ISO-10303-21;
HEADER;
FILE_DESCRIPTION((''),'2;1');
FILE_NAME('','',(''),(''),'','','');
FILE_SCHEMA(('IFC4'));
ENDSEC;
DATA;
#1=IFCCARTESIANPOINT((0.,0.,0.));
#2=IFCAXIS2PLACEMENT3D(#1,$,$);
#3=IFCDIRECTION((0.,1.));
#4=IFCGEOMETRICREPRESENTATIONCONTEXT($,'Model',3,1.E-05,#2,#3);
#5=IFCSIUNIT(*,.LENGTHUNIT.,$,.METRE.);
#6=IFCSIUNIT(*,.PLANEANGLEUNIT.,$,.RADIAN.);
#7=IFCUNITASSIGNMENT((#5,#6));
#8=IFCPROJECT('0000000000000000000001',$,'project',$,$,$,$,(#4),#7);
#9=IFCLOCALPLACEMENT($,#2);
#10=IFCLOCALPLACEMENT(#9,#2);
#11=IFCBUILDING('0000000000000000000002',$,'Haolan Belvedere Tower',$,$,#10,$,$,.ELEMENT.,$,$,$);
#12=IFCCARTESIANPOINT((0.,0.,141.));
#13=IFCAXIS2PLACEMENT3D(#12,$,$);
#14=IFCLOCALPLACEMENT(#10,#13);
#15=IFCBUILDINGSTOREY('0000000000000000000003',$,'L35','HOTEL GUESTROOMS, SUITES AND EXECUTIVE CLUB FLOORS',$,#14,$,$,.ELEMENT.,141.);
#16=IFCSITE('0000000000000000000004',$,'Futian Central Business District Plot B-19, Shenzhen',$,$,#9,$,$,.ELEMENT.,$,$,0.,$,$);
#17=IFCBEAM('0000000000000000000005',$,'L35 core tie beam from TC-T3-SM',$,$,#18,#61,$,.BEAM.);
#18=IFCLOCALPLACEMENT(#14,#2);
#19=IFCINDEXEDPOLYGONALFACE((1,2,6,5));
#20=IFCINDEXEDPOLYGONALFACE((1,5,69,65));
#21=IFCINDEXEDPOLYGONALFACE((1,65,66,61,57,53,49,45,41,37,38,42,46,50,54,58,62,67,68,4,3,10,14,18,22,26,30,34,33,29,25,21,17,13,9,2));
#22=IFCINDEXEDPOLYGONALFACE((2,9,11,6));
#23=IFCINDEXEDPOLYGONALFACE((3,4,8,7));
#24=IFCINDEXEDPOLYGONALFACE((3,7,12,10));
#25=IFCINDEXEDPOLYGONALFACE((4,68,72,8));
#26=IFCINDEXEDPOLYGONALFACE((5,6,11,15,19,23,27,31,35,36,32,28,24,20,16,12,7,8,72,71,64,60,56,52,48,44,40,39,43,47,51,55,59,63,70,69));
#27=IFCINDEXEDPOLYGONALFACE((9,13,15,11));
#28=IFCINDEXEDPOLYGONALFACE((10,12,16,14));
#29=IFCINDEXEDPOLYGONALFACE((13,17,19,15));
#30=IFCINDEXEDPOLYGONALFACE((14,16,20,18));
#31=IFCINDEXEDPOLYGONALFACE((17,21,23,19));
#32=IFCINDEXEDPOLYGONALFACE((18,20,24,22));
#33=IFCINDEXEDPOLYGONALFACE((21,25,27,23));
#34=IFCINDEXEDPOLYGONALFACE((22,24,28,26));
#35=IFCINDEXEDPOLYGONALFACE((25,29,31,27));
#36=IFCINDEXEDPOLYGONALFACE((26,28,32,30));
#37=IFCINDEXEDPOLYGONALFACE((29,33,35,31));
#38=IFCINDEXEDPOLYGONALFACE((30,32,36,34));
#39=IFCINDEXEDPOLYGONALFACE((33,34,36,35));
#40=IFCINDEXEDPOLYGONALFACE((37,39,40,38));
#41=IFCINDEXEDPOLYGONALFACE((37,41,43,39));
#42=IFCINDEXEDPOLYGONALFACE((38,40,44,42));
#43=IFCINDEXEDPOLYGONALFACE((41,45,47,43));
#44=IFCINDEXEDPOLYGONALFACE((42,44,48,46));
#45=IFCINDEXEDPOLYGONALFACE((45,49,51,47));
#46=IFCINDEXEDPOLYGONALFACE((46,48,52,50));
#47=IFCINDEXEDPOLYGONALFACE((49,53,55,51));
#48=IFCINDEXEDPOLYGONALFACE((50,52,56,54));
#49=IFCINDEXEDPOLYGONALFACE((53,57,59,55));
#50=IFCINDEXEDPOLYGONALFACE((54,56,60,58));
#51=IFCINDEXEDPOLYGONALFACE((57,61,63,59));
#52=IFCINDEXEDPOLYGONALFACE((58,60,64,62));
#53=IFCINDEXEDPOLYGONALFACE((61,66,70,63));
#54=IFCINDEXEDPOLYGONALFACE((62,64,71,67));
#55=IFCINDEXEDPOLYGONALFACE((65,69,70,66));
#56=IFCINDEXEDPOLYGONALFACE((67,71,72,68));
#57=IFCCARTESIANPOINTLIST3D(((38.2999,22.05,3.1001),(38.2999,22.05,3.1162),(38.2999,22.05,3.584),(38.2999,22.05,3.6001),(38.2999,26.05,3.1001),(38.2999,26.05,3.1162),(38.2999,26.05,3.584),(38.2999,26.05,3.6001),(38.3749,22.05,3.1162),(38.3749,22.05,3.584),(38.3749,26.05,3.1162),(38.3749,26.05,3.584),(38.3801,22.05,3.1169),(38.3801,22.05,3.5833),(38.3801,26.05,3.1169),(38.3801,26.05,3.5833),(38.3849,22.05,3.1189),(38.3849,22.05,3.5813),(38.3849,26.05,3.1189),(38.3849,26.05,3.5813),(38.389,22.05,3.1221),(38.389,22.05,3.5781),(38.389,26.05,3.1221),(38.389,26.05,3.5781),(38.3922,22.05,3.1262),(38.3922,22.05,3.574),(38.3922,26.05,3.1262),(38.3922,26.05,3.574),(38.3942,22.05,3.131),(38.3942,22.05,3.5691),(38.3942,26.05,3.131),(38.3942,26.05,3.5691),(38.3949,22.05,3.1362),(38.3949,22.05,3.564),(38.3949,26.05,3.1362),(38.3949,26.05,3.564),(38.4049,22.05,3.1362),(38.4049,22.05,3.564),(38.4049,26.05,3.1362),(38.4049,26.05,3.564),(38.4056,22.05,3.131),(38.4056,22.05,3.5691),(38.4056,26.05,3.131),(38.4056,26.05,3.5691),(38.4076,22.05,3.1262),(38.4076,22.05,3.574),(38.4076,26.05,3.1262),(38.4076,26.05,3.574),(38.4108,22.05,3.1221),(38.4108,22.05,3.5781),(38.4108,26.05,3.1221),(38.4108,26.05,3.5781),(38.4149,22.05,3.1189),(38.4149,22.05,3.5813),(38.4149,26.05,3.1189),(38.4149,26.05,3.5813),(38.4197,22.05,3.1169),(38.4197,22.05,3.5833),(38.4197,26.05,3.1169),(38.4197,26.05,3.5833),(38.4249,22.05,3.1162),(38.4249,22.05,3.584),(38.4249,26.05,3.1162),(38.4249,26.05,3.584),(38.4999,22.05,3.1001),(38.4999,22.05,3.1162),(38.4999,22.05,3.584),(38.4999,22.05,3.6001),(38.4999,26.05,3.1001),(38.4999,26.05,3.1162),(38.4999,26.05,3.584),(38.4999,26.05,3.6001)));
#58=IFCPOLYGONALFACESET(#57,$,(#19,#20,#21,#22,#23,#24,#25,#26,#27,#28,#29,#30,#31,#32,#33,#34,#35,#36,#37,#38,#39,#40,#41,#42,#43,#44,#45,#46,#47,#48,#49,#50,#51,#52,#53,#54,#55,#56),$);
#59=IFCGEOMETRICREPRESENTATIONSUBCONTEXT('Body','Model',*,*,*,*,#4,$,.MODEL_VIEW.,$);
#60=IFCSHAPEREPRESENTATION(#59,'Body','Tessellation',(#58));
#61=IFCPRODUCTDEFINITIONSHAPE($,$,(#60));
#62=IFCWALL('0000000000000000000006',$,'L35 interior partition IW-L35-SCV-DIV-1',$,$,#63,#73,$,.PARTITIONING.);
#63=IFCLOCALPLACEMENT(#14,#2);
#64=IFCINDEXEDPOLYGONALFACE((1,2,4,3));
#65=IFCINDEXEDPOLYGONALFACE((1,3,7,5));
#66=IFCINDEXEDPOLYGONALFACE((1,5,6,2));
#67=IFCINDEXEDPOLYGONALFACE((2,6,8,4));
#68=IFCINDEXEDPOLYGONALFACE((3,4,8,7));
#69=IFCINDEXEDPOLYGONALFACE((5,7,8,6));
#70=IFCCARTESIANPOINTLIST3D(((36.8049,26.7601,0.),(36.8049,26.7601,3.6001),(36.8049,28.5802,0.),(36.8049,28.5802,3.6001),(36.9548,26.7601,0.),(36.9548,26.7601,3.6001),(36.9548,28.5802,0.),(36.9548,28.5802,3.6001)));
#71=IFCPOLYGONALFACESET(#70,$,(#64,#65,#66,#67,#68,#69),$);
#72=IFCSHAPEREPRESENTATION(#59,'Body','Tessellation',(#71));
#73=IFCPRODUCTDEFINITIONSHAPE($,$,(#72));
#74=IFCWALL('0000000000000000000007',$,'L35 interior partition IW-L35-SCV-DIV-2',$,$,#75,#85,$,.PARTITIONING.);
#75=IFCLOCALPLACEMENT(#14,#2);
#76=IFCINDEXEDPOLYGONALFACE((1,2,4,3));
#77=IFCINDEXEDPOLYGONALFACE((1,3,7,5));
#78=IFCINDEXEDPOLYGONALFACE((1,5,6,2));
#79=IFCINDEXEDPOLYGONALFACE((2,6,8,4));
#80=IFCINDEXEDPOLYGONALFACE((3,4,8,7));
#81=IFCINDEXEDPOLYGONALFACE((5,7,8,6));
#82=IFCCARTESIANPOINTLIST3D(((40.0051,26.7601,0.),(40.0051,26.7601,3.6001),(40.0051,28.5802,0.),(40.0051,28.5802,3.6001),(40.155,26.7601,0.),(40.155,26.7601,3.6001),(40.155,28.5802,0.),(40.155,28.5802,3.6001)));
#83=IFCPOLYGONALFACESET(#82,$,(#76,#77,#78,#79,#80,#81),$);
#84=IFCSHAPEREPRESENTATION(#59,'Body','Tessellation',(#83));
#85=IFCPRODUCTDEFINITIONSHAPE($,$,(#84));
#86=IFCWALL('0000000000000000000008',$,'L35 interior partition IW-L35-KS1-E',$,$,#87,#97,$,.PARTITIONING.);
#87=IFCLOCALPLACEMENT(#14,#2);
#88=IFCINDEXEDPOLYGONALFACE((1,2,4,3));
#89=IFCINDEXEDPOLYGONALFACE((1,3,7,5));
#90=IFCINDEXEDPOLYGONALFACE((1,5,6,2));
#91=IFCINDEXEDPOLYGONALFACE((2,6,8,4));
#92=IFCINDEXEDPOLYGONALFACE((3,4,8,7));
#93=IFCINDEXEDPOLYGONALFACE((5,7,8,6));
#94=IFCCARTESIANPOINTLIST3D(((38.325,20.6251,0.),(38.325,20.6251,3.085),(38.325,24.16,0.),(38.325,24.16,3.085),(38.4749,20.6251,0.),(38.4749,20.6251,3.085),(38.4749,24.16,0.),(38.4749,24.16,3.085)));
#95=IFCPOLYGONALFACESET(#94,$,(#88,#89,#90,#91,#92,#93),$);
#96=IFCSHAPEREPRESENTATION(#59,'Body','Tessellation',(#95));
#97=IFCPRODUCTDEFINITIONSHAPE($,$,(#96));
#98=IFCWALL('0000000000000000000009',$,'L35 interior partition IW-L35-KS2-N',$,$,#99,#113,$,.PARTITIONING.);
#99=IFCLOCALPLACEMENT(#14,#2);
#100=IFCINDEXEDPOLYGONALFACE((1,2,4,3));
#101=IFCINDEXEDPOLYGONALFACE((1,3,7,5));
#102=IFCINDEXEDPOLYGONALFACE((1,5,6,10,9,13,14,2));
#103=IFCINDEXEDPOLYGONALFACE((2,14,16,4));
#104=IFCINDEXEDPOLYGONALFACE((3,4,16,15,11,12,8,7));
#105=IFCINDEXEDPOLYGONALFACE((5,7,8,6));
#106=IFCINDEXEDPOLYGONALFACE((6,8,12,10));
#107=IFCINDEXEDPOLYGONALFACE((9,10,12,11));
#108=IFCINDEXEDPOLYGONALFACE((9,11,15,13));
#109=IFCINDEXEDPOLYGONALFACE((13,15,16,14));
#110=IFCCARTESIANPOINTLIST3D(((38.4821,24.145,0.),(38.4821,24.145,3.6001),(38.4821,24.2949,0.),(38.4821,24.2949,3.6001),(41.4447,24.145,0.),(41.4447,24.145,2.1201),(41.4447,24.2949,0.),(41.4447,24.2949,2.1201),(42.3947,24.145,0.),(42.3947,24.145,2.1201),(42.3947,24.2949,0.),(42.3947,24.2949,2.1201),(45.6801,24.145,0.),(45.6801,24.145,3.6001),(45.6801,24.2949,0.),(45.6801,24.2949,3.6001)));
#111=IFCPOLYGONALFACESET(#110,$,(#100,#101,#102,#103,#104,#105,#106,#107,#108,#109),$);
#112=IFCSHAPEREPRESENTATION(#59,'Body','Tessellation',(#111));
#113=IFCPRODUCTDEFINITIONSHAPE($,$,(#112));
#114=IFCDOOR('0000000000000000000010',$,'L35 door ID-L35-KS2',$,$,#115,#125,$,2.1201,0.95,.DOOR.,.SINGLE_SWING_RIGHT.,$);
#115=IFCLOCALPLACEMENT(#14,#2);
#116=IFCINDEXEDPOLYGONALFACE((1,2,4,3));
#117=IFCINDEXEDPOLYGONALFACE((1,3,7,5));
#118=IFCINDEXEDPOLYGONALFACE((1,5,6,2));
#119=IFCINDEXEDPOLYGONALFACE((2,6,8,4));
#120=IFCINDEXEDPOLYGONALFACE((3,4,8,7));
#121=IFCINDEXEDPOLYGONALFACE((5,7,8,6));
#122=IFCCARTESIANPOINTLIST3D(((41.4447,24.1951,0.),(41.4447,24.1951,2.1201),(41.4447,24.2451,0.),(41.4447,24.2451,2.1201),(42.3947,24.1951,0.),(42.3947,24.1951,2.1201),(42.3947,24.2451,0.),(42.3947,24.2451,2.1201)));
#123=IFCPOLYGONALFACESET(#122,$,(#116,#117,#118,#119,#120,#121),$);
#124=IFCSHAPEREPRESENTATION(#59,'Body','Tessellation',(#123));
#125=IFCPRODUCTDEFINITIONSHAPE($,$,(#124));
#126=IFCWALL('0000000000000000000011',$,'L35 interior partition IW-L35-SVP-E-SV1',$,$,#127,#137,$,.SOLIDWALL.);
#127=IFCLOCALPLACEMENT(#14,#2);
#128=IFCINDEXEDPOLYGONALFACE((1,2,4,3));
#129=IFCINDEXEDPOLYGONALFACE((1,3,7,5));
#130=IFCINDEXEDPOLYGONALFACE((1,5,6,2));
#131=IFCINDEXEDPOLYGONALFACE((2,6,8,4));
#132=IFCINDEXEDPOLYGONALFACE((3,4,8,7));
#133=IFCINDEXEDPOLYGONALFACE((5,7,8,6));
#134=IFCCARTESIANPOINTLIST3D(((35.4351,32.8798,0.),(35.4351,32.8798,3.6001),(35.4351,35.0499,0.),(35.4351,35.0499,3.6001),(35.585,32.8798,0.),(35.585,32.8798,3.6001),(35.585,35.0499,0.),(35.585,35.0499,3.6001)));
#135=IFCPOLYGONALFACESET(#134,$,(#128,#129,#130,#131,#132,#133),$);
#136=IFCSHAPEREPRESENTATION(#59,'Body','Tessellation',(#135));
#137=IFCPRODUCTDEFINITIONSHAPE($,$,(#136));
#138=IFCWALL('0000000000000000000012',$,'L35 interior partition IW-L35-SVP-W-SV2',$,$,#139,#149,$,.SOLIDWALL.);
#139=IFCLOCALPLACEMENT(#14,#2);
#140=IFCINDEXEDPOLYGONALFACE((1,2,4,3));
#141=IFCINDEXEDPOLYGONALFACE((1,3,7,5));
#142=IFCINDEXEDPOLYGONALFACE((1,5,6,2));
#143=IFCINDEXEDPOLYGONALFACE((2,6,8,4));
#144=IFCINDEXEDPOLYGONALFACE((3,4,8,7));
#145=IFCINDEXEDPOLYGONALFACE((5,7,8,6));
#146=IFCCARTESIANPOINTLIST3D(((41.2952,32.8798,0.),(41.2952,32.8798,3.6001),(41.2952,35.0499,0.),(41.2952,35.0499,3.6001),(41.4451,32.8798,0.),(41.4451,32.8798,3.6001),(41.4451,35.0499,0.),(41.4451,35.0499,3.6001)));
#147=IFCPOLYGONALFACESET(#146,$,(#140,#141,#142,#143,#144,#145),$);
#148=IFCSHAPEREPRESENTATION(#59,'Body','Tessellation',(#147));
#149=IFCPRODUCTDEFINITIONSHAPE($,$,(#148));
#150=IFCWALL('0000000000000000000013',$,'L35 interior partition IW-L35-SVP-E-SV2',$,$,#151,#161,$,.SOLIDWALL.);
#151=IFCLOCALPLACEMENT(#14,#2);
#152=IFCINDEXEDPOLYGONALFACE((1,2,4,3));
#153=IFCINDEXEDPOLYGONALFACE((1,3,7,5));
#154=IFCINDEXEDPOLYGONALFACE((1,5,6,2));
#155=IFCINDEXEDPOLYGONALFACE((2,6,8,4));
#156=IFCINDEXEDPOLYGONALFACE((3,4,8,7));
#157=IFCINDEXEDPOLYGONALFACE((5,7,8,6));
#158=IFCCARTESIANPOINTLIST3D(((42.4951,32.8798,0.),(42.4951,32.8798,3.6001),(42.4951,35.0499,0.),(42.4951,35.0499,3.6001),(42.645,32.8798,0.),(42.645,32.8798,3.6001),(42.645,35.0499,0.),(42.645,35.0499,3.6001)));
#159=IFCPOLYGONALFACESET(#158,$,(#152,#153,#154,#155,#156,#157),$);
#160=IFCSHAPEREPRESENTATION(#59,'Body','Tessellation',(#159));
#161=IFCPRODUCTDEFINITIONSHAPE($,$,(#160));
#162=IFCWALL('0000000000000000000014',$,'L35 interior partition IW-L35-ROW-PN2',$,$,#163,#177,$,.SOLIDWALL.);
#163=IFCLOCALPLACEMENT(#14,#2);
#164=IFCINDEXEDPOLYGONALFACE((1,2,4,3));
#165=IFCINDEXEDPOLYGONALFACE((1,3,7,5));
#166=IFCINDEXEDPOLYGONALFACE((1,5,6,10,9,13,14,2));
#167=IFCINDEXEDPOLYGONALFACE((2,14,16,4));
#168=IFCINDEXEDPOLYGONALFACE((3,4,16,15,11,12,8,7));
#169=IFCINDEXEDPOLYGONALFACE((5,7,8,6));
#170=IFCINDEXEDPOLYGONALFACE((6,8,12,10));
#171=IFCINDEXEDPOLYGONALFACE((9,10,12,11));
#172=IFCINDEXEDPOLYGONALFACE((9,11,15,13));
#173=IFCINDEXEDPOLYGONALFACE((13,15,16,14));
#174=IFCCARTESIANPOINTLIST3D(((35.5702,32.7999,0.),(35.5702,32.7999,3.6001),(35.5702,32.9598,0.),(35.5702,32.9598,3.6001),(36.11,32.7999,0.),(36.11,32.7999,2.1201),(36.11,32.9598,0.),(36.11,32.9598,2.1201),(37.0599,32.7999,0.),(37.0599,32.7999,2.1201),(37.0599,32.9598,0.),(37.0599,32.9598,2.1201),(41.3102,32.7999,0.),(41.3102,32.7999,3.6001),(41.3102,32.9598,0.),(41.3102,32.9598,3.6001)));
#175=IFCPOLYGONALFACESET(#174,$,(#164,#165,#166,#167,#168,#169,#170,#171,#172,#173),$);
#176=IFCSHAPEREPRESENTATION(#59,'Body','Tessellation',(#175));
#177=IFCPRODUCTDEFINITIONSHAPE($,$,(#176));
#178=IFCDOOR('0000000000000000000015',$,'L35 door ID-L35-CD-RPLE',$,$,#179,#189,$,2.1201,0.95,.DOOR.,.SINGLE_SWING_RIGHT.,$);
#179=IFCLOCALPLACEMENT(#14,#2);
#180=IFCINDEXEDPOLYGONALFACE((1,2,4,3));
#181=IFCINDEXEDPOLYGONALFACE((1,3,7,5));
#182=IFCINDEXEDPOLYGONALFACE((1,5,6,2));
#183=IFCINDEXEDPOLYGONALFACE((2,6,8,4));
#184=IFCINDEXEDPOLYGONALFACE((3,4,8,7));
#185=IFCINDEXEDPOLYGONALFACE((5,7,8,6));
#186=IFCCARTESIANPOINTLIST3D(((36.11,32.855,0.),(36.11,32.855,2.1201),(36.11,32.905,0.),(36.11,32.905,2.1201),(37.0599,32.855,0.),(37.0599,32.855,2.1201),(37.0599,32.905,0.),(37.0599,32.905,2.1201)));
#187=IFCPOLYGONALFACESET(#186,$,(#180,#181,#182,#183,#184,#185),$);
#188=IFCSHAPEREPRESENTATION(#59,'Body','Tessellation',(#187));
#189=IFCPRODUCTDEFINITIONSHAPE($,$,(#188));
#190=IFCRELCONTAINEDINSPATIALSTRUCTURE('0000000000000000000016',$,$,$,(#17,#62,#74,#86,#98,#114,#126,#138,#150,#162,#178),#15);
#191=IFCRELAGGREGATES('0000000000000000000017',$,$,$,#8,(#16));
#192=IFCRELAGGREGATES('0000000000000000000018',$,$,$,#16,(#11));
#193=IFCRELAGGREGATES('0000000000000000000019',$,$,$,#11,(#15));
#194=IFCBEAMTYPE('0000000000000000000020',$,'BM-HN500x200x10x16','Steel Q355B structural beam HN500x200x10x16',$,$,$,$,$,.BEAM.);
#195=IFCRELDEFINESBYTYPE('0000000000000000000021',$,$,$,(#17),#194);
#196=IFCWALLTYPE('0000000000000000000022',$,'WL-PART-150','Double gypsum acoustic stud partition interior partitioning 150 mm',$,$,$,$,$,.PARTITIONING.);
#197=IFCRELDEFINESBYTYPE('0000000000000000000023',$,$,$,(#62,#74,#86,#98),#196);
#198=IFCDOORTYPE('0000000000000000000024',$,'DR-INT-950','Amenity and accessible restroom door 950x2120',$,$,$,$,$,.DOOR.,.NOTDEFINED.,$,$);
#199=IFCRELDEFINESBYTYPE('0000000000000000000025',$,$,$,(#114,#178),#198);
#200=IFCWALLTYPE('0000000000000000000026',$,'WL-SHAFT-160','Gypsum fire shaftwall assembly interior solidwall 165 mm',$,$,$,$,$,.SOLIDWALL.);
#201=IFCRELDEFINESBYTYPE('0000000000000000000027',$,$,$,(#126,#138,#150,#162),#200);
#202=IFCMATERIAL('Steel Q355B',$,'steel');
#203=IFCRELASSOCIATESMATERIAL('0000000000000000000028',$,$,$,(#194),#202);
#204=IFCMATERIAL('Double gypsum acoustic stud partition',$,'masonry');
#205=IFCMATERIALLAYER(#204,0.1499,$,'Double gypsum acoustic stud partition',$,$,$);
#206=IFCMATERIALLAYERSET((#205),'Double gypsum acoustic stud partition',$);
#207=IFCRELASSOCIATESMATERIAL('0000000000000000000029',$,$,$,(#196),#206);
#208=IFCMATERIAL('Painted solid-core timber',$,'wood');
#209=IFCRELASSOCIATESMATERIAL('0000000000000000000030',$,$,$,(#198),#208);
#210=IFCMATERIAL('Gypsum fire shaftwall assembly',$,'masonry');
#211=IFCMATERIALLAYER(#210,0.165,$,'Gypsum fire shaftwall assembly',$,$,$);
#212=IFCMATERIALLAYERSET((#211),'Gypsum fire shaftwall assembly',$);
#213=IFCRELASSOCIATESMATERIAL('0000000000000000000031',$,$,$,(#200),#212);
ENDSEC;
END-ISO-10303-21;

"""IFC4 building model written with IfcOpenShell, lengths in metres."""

from ifc_helpers import new_model, si_unit, direction, frame, frame_2d, origin, origin_2d, place, context, subcontext, project, spatial, rectangle, i_section, extrude, material, layer, layer_set, material_profile, profile_set, type_object, element, fill, save


model = new_model("IFC4")

# Units and contexts
model_context = context("Model", 3, precision=1e-05, world=origin(), true_north=direction((0.0, 1.0)))
body_context = subcontext(model_context, "Body", "Model", "MODEL_VIEW")
ifc_project = project(units=[si_unit("LENGTHUNIT", "METRE"), si_unit("PLANEANGLEUNIT", "RADIAN")], contexts=[model_context])

# Site, building, storey
site_placement = place(None, origin())
site = spatial("IfcSite", under=ifc_project, at=site_placement, Name="Futian Central Business District Plot B-19, Shenzhen", CompositionType="ELEMENT", RefElevation=0.0)
building_placement = place(site_placement, origin())
building = spatial("IfcBuilding", under=site, at=building_placement, Name="Haolan Belvedere Tower", CompositionType="ELEMENT")
storey_placement = place(building_placement, frame((0.0, 0.0, 141.0)))
storey = spatial("IfcBuildingStorey", under=building, at=storey_placement, Name="L35", Description="HOTEL GUESTROOMS, SUITES AND EXECUTIVE CLUB FLOORS", CompositionType="ELEMENT", Elevation=141.0)

# Beam
ifc_material_1 = material(Name="Steel Q355B", Category="steel")
ifc_material_profile_1 = material_profile(ifc_material_1, i_section(OverallWidth=0.2, OverallDepth=0.5, WebThickness=0.01, FlangeThickness=0.0161, FilletRadius=0.02, at=origin_2d()), Name="Steel Q355B")
ifc_profile_set_1 = profile_set([ifc_material_profile_1], Name="Steel Q355B")
beam_type_1 = type_object("IfcBeamType", Name="BM-HN500x200x10x16", Description="Steel Q355B structural beam HN500x200x10x16", PredefinedType="BEAM", material=ifc_profile_set_1)
beam_1_placement = place(storey_placement, frame((38.3999, 22.05, 3.3501), z_axis=(0.0, 1.0, 0.0), x_axis=(-1.0, 0.0, 0.0)))
element("IfcBeam", 1, at=beam_1_placement, inside=storey, type_object=beam_type_1, Name="L35 core tie beam from TC-T3-SM", PredefinedType="BEAM", context=body_context, shape_type="SweptSolid", body=[
    extrude(i_section(OverallWidth=0.2, OverallDepth=0.5, WebThickness=0.01, FlangeThickness=0.0161, FilletRadius=0.02, at=origin_2d()), origin(), (0.0, 0.0, 1.0), 4.0),
])

# Walls
ifc_material_2 = material(Name="Double gypsum acoustic stud partition", Category="masonry")
ifc_layer_1 = layer(ifc_material_2, 0.1499, Name="Double gypsum acoustic stud partition")
ifc_layer_set_1 = layer_set([ifc_layer_1], Name="Double gypsum acoustic stud partition")
wall_type_1 = type_object("IfcWallType", Name="WL-PART-150", Description="Double gypsum acoustic stud partition interior partitioning 150 mm", PredefinedType="PARTITIONING", material=ifc_layer_set_1)
for number, where, z_axis, x_axis, name in (
    (2, (36.8799, 26.76, 0.0), (0.0, 0.0, 1.0), (0.0, 1.0, 0.0), "L35 interior partition IW-L35-SCV-DIV-1"),
    (3, (40.0801, 26.76, 0.0), (0.0, 0.0, 1.0), (0.0, 1.0, 0.0), "L35 interior partition IW-L35-SCV-DIV-2"),
):
    element("IfcWall", number, at=place(storey_placement, frame(where, z_axis=z_axis, x_axis=x_axis)), inside=storey, type_object=wall_type_1, Name=name, PredefinedType="PARTITIONING", context=body_context, shape_type="SweptSolid", body=[
        extrude(rectangle(XDim=1.8201, YDim=0.1499, at=frame_2d((0.9102, 0.0))), origin(), (0.0, 0.0, 1.0), 3.6001),
    ])
wall_1_placement = place(storey_placement, frame((38.3999, 20.625, 0.0), z_axis=(0.0, 0.0, 1.0), x_axis=(0.0, 1.0, 0.0)))
element("IfcWall", 4, at=wall_1_placement, inside=storey, type_object=wall_type_1, Name="L35 interior partition IW-L35-KS1-E", PredefinedType="PARTITIONING", context=body_context, shape_type="SweptSolid", body=[
    extrude(rectangle(XDim=3.5349, YDim=0.1499, at=frame_2d((1.7676, 0.0))), origin(), (0.0, 0.0, 1.0), 3.085),
])

# Wall, opening, door
wall_2_placement = place(storey_placement, frame((38.4819, 24.22, 0.0), z_axis=(0.0, 0.0, 1.0), x_axis=(1.0, 0.0, 0.0)))
wall_2 = element("IfcWall", 5, at=wall_2_placement, inside=storey, type_object=wall_type_1, Name="L35 interior partition IW-L35-KS2-N", PredefinedType="PARTITIONING", context=body_context, shape_type="SweptSolid", body=[
    extrude(rectangle(XDim=7.198, YDim=0.1499, at=frame_2d((3.5991, 0.0))), origin(), (0.0, 0.0, 1.0), 3.6001),
])
opening_1_placement = place(wall_2_placement, frame((3.9128, 0.0, 0.0), z_axis=(0.0, 0.0, 1.0), x_axis=(-1.0, 0.0, 0.0)))
opening_1 = element("IfcOpeningElement", 6, at=opening_1_placement, cuts=wall_2, PredefinedType="OPENING", context=body_context, shape_type="SweptSolid", body=[
    extrude(rectangle(XDim=0.95, YDim=2.1201, at=frame_2d((0.4751, 1.0601))), frame((0.0, 0.085, 0.0), z_axis=(0.0, -1.0, 0.0), x_axis=(1.0, 0.0, 0.0)), (0.0, 0.0, 1.0), 0.1699),
])
ifc_material_3 = material(Name="Painted solid-core timber", Category="wood")
door_type = type_object("IfcDoorType", Name="DR-INT-950", Description="Amenity and accessible restroom door 950x2120", OperationType="NOTDEFINED", PredefinedType="DOOR", material=ifc_material_3)
door_1_placement = place(opening_1_placement, origin())
door_1 = element("IfcDoor", 7, at=door_1_placement, inside=storey, type_object=door_type, Name="L35 door ID-L35-KS2", OperationType="SINGLE_SWING_RIGHT", OverallHeight=2.1201, OverallWidth=0.95, PredefinedType="DOOR", context=body_context, shape_type="SweptSolid", body=[
    extrude(rectangle(XDim=0.95, YDim=2.1201, at=frame_2d((0.4751, 1.0601))), frame((0.0, 0.0249, 0.0), z_axis=(0.0, -1.0, 0.0), x_axis=(1.0, 0.0, 0.0)), (0.0, 0.0, 1.0), 0.05),
])
fill(opening_1, door_1)

# Walls
ifc_material_4 = material(Name="Gypsum fire shaftwall assembly", Category="masonry")
ifc_layer_2 = layer(ifc_material_4, 0.165, Name="Gypsum fire shaftwall assembly")
ifc_layer_set_2 = layer_set([ifc_layer_2], Name="Gypsum fire shaftwall assembly")
wall_type_2 = type_object("IfcWallType", Name="WL-SHAFT-160", Description="Gypsum fire shaftwall assembly interior solidwall 165 mm", PredefinedType="SOLIDWALL", material=ifc_layer_set_2)
for number, where, z_axis, x_axis, name in (
    (8, (35.51, 32.8799, 0.0), (0.0, 0.0, 1.0), (0.0, 1.0, 0.0), "L35 interior partition IW-L35-SVP-E-SV1"),
    (9, (41.3701, 32.8799, 0.0), (0.0, 0.0, 1.0), (0.0, 1.0, 0.0), "L35 interior partition IW-L35-SVP-W-SV2"),
    (10, (42.5701, 32.8799, 0.0), (0.0, 0.0, 1.0), (0.0, 1.0, 0.0), "L35 interior partition IW-L35-SVP-E-SV2"),
):
    element("IfcWall", number, at=place(storey_placement, frame(where, z_axis=z_axis, x_axis=x_axis)), inside=storey, type_object=wall_type_2, Name=name, PredefinedType="SOLIDWALL", context=body_context, shape_type="SweptSolid", body=[
        extrude(rectangle(XDim=2.1702, YDim=0.1499, at=frame_2d((1.085, 0.0))), origin(), (0.0, 0.0, 1.0), 3.6001),
    ])

# Wall, opening, door
wall_3_placement = place(storey_placement, frame((35.5701, 32.8799, 0.0), z_axis=(0.0, 0.0, 1.0), x_axis=(1.0, 0.0, 0.0)))
wall_3 = element("IfcWall", 11, at=wall_3_placement, inside=storey, type_object=wall_type_2, Name="L35 interior partition IW-L35-ROW-PN2", PredefinedType="SOLIDWALL", context=body_context, shape_type="SweptSolid", body=[
    extrude(rectangle(XDim=5.74, YDim=0.1599, at=frame_2d((2.8701, 0.0))), origin(), (0.0, 0.0, 1.0), 3.6001),
])
opening_2_placement = place(wall_3_placement, frame((1.49, 0.0, 0.0), z_axis=(0.0, 0.0, 1.0), x_axis=(-1.0, 0.0, 0.0)))
opening_2 = element("IfcOpeningElement", 12, at=opening_2_placement, cuts=wall_3, PredefinedType="OPENING", context=body_context, shape_type="SweptSolid", body=[
    extrude(rectangle(XDim=0.95, YDim=2.1201, at=frame_2d((0.4751, 1.0601))), frame((0.0, 0.0898, 0.0), z_axis=(0.0, -1.0, 0.0), x_axis=(1.0, 0.0, 0.0)), (0.0, 0.0, 1.0), 0.1799),
])
door_2_placement = place(opening_2_placement, origin())
door_2 = element("IfcDoor", 13, at=door_2_placement, inside=storey, type_object=door_type, Name="L35 door ID-L35-CD-RPLE", OperationType="SINGLE_SWING_RIGHT", OverallHeight=2.1201, OverallWidth=0.95, PredefinedType="DOOR", context=body_context, shape_type="SweptSolid", body=[
    extrude(rectangle(XDim=0.95, YDim=2.1201, at=frame_2d((0.4751, 1.0601))), frame((0.0, 0.0249, 0.0), z_axis=(0.0, -1.0, 0.0), x_axis=(1.0, 0.0, 0.0)), (0.0, 0.0, 1.0), 0.05),
])
fill(opening_2, door_2)

save(model, "model.ifc")
